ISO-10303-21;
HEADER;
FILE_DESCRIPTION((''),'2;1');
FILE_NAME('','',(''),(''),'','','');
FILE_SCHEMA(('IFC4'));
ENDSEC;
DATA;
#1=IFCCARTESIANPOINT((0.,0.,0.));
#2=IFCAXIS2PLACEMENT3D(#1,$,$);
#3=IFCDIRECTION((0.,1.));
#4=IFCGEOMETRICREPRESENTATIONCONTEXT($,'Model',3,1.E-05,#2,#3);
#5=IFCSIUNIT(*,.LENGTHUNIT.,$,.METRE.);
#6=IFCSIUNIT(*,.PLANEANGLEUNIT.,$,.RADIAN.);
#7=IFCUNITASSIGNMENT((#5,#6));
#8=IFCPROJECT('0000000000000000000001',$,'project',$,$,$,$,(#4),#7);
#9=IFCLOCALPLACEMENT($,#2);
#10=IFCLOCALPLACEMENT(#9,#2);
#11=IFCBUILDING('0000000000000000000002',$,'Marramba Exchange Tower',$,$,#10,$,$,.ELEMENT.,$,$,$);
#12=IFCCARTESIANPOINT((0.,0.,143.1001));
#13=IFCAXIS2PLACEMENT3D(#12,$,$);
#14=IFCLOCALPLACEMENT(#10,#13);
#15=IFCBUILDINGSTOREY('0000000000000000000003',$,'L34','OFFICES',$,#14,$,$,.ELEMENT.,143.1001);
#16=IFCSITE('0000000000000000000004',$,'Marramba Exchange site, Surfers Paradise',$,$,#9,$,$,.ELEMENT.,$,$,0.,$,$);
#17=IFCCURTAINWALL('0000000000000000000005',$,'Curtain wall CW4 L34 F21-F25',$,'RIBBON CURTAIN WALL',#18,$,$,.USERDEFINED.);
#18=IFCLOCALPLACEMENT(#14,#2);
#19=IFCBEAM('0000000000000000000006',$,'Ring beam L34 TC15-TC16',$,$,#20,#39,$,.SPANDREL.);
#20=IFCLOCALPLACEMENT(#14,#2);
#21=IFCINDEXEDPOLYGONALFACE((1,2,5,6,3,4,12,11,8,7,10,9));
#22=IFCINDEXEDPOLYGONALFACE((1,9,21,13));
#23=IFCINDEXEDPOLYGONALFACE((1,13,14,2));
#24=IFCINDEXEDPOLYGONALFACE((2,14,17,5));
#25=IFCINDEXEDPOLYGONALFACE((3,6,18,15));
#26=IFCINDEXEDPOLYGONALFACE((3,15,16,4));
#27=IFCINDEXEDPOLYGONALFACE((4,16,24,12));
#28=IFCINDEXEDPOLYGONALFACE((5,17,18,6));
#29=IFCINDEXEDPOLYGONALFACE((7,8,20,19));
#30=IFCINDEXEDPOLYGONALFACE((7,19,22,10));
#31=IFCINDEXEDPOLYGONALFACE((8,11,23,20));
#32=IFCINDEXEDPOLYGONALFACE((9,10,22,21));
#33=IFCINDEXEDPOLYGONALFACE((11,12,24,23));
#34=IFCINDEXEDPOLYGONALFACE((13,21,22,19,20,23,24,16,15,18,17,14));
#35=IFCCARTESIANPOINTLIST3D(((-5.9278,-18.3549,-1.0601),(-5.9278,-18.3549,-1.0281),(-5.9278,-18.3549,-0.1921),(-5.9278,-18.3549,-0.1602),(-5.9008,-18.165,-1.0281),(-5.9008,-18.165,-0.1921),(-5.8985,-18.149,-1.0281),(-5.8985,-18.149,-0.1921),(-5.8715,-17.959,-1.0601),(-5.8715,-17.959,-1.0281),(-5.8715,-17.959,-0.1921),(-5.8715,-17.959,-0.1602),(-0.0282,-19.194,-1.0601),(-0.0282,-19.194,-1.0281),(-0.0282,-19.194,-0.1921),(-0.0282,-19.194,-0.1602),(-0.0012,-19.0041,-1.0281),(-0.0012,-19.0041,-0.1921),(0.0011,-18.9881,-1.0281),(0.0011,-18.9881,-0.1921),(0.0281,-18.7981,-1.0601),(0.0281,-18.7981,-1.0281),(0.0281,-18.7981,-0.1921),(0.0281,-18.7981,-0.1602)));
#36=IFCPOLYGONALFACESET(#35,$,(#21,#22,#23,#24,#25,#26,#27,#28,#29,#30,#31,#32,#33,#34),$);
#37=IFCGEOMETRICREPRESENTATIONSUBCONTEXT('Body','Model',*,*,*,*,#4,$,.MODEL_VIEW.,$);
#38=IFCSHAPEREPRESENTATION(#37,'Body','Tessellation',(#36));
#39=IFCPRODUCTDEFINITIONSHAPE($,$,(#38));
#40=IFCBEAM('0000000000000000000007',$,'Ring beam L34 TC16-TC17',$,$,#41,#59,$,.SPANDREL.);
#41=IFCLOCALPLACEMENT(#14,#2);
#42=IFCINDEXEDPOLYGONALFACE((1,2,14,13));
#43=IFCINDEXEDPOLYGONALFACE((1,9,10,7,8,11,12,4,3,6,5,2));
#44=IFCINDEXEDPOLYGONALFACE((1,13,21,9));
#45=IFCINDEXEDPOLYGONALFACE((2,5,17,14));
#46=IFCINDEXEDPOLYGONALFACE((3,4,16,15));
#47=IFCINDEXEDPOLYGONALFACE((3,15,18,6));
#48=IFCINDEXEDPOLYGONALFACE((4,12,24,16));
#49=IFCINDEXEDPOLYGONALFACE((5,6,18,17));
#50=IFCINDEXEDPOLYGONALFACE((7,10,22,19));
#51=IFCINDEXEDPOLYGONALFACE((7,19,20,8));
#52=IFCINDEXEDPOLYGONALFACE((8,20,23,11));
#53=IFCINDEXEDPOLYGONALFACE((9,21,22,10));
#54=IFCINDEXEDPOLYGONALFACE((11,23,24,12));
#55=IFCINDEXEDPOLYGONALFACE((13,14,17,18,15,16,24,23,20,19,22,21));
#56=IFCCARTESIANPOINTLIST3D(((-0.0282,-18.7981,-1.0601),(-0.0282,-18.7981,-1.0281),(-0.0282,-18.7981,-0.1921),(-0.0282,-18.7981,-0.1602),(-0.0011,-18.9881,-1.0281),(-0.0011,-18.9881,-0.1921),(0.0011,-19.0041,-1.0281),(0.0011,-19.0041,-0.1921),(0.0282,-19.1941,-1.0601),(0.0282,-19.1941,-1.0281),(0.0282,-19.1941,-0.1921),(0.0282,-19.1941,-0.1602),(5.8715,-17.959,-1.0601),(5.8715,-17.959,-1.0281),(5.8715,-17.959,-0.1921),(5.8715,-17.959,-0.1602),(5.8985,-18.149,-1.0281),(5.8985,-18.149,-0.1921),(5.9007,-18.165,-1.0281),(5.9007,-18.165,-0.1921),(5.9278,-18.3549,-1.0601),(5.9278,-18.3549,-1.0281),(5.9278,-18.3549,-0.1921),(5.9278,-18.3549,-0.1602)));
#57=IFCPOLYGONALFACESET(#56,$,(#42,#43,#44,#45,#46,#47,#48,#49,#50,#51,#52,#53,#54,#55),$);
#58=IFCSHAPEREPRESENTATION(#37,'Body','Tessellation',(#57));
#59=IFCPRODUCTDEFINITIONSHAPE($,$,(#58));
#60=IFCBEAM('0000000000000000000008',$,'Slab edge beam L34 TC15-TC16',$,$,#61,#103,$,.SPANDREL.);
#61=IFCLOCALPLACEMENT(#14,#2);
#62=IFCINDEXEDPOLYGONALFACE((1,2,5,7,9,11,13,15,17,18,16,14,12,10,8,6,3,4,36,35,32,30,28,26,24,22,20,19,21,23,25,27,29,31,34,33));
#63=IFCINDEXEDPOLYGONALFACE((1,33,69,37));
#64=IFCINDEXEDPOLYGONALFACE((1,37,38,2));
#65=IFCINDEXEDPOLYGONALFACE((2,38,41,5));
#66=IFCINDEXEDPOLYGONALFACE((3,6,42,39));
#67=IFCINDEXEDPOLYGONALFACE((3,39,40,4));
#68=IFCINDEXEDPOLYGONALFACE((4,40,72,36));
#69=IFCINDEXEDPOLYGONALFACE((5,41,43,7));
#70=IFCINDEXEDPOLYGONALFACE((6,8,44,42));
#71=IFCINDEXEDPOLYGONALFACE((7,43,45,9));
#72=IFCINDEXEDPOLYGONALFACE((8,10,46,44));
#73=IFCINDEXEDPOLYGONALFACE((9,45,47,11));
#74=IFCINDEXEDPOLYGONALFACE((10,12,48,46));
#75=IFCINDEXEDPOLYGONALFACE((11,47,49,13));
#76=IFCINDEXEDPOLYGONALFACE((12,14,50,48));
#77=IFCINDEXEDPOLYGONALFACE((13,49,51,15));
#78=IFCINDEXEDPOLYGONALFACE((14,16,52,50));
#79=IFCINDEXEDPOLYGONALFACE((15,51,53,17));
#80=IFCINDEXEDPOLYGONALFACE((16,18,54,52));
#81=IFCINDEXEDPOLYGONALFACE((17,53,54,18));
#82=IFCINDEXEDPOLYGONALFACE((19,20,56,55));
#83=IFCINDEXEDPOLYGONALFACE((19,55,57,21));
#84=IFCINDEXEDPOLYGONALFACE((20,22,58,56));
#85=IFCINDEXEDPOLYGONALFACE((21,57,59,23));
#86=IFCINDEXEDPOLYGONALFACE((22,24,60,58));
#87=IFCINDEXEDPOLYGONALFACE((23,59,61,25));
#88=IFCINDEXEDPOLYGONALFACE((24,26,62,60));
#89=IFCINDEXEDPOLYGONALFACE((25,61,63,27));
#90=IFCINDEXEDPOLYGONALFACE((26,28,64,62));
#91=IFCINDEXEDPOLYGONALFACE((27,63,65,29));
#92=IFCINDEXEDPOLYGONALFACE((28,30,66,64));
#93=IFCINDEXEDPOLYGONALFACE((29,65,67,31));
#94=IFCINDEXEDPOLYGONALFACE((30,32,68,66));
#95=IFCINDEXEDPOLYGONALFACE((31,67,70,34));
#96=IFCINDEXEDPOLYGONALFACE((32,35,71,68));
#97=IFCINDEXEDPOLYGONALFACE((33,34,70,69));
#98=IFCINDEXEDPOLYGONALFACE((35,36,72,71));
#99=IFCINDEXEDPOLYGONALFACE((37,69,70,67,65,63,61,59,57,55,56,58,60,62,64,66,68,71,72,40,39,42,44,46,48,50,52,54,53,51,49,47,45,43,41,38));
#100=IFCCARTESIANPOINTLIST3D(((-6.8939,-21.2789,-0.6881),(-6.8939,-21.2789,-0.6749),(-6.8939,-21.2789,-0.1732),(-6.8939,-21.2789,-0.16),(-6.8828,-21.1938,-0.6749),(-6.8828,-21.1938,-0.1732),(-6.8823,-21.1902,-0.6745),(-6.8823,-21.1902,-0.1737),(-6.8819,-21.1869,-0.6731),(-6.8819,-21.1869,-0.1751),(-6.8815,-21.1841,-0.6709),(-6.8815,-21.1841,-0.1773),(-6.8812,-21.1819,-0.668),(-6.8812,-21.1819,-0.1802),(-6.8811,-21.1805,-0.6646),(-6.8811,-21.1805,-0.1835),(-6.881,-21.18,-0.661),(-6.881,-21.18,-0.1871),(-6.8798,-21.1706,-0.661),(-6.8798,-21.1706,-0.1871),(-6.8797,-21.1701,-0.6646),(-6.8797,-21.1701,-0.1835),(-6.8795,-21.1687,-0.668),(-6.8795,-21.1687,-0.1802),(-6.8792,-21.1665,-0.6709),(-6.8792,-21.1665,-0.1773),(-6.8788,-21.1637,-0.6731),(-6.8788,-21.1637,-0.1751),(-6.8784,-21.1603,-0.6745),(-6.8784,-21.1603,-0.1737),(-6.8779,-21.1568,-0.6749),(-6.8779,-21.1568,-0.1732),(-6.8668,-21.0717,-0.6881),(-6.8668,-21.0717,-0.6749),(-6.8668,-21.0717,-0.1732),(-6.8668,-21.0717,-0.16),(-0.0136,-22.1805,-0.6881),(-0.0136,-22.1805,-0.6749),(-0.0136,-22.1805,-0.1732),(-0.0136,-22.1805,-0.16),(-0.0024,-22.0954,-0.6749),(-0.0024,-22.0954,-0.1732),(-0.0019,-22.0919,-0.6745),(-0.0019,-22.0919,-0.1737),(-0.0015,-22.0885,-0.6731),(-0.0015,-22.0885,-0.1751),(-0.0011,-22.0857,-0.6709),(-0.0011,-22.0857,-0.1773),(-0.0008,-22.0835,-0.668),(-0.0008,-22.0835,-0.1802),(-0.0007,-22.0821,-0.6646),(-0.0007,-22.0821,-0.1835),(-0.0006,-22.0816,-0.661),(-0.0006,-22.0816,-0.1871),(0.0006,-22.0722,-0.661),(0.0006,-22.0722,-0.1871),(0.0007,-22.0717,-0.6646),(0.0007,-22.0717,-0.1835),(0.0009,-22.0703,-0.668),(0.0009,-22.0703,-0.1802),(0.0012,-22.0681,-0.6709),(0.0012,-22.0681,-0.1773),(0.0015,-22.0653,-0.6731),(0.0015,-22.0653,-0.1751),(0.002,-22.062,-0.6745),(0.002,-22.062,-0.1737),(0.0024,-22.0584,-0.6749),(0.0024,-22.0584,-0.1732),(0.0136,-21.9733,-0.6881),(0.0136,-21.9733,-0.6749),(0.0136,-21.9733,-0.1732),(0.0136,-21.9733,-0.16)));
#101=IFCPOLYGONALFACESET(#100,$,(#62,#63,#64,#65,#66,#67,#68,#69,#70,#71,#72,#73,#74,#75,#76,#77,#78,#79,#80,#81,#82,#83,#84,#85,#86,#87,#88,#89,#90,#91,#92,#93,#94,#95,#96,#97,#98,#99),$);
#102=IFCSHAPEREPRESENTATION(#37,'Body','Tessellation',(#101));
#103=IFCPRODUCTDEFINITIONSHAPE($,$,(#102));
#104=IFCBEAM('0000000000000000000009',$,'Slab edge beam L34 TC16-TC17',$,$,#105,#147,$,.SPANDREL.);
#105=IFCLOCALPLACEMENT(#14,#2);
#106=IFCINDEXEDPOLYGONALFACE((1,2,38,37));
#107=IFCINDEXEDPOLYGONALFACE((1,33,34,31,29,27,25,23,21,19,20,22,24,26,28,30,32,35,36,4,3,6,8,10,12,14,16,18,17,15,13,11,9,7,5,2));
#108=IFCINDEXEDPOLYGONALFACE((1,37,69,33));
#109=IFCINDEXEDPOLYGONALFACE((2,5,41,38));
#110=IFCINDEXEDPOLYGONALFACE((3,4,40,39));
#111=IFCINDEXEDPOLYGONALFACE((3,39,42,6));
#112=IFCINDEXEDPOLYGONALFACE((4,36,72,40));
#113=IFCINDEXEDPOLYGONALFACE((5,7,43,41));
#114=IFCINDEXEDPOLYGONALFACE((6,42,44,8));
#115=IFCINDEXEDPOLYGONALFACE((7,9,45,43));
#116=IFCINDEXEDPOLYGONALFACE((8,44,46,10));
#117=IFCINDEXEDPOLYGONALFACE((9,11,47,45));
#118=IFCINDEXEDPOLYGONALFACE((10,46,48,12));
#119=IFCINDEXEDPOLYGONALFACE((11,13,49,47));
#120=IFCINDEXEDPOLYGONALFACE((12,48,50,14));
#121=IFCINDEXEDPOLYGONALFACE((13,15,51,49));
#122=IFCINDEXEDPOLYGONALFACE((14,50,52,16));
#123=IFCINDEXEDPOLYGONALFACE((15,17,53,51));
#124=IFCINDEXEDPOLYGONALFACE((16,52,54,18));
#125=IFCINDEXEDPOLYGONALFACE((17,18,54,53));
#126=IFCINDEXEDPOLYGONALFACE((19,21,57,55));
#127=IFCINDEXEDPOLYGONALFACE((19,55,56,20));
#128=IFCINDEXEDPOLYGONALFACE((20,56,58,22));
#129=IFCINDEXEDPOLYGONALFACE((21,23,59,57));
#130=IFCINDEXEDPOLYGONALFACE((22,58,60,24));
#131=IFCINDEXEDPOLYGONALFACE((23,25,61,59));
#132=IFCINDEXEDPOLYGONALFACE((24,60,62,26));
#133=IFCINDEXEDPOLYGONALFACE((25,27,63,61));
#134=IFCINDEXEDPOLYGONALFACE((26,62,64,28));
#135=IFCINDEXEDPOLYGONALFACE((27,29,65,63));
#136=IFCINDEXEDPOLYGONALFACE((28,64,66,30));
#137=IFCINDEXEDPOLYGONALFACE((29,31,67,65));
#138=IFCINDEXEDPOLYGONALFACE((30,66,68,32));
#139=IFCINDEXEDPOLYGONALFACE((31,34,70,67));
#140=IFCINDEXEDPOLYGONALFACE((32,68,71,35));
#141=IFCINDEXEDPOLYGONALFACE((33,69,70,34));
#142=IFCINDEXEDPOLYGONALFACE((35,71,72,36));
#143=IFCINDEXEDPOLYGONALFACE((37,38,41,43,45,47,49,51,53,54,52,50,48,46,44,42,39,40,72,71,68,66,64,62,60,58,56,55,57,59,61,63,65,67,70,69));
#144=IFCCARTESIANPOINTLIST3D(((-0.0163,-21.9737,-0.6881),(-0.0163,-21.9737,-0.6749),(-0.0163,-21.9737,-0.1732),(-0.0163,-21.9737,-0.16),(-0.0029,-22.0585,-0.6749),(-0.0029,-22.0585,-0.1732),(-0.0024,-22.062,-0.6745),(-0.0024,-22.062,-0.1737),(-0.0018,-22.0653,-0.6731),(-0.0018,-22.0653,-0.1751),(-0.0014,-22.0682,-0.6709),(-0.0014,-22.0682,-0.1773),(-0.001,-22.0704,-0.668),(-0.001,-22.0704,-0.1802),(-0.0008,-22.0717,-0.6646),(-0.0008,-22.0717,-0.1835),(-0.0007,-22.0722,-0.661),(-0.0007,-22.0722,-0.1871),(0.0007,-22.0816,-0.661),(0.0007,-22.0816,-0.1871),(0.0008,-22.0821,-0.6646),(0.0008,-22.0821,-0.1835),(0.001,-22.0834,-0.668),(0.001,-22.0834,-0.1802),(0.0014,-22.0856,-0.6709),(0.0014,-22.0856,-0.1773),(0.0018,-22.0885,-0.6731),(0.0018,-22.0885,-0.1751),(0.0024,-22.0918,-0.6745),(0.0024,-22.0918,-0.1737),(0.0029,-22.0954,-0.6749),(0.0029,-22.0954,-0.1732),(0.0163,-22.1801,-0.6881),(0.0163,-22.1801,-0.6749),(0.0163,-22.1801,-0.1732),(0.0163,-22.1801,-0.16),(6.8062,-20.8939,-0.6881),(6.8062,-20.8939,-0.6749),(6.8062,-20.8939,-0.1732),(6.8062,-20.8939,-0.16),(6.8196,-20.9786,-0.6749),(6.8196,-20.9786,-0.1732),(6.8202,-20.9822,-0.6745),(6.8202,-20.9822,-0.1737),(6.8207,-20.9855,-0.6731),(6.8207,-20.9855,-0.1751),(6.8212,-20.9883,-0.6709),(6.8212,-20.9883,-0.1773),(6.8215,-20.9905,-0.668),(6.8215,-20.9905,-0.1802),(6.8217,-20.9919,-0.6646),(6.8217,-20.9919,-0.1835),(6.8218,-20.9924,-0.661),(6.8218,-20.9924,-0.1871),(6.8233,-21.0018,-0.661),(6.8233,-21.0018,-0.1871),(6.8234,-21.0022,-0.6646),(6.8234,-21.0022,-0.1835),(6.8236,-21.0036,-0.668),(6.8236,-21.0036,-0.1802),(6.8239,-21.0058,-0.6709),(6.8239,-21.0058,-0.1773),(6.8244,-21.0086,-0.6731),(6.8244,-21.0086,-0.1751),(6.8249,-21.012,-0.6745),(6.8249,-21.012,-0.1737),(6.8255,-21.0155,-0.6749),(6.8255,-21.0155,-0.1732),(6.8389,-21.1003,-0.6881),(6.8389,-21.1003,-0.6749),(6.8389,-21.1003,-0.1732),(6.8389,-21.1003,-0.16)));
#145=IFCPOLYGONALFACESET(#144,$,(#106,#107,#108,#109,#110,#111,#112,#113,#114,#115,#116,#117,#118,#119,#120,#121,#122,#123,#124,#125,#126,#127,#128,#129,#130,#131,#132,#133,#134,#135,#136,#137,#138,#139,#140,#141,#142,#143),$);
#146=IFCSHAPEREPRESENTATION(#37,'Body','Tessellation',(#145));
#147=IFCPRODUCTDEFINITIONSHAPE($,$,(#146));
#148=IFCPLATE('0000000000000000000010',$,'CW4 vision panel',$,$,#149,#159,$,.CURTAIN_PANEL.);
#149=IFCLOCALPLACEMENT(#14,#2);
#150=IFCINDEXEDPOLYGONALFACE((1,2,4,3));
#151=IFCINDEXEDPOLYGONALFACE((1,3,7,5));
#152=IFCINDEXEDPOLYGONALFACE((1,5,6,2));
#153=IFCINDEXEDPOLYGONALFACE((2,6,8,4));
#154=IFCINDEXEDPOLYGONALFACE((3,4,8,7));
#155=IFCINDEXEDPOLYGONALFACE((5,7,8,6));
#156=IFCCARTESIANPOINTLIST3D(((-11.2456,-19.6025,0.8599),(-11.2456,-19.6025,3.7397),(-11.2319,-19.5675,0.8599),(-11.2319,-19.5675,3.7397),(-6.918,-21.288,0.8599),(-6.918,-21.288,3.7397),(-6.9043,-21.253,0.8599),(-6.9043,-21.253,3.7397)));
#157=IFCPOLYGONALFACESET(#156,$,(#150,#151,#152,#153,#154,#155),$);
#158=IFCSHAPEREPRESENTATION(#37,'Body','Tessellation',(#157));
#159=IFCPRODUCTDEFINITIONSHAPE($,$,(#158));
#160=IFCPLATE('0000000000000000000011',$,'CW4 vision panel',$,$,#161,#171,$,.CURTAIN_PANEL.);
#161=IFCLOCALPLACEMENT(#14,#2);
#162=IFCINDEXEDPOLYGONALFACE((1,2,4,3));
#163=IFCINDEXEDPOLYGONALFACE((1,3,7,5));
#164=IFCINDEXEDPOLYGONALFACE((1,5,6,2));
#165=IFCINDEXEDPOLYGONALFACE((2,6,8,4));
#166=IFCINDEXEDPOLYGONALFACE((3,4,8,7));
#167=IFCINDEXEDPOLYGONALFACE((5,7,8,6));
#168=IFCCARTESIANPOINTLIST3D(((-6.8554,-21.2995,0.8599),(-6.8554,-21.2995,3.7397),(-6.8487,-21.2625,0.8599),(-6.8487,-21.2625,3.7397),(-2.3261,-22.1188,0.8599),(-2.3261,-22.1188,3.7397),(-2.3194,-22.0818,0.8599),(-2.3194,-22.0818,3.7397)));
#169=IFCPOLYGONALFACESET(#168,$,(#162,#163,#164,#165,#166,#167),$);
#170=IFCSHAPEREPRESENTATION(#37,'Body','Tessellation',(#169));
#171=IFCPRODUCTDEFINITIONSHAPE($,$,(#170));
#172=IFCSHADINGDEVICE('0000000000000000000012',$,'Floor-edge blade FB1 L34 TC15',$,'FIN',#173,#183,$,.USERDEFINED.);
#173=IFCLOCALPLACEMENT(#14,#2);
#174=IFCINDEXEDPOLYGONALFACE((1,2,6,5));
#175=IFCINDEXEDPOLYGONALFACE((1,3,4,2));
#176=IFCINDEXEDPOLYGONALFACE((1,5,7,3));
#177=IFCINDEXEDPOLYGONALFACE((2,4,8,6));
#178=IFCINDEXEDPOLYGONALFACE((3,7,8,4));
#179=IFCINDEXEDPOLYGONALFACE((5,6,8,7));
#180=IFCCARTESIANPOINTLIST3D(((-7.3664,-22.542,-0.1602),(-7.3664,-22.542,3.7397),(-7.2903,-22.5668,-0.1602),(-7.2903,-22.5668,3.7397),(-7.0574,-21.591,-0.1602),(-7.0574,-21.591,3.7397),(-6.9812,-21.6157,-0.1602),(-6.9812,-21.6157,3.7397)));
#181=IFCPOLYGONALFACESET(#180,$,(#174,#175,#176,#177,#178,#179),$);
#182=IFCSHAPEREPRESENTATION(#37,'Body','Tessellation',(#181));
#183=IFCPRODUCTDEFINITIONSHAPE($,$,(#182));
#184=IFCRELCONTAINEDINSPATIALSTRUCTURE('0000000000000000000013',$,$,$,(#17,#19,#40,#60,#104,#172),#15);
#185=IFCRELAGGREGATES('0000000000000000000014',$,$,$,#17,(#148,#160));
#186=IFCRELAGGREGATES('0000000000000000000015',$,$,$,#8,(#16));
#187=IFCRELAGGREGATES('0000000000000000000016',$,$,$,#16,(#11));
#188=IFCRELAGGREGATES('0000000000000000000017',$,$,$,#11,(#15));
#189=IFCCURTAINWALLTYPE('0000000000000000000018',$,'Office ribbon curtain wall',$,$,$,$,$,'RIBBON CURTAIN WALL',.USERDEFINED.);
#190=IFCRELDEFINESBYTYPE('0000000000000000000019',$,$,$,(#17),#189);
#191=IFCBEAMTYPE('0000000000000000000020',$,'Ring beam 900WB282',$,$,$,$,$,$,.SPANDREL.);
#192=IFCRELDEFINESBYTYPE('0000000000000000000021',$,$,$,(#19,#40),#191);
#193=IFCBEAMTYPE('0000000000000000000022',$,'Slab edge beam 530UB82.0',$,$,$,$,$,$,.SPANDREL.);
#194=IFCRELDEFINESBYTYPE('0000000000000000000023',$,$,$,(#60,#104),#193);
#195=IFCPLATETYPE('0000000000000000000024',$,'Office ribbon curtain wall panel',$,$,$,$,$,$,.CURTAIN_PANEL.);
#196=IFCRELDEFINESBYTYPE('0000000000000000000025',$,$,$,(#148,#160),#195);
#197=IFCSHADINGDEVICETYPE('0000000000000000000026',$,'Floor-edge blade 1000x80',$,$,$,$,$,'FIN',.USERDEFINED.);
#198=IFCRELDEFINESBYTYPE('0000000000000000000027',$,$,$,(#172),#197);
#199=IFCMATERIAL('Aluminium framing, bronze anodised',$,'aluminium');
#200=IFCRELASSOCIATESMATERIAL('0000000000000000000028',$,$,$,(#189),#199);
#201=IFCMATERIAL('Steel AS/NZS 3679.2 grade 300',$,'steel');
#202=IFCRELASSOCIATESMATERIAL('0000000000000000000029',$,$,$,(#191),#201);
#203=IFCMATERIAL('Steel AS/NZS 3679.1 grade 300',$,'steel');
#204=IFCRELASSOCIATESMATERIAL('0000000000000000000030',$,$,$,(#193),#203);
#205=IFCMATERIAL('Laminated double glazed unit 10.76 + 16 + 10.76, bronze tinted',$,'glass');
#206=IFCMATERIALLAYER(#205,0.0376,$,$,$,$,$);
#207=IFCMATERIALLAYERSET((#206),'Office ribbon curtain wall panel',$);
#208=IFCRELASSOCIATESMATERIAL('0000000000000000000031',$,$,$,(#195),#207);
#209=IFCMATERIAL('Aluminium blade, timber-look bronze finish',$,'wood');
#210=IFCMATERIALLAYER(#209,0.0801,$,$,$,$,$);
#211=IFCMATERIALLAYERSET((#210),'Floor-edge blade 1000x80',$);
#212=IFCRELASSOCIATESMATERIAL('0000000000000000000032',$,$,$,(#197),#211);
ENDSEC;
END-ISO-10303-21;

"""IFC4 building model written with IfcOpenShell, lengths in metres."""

from ifc_helpers import new_model, si_unit, direction, frame, origin, origin_2d, place, context, subcontext, project, spatial, rectangle, i_section, extrude, material, layer, layer_set, material_profile, profile_set, type_object, element, aggregate, save


model = new_model("IFC4")

# Units and contexts
model_context = context("Model", 3, precision=1e-05, world=origin(), true_north=direction((0.0, 1.0)))
body_context = subcontext(model_context, "Body", "Model", "MODEL_VIEW")
ifc_project = project(units=[si_unit("LENGTHUNIT", "METRE"), si_unit("PLANEANGLEUNIT", "RADIAN")], contexts=[model_context])

# Site, building, storey
site_placement = place(None, origin())
site = spatial("IfcSite", under=ifc_project, at=site_placement, Name="Marramba Exchange site, Surfers Paradise", CompositionType="ELEMENT", RefElevation=0.0)
building_placement = place(site_placement, origin())
building = spatial("IfcBuilding", under=site, at=building_placement, Name="Marramba Exchange Tower", CompositionType="ELEMENT")
storey_placement = place(building_placement, frame((0.0, 0.0, 143.1001)))
storey = spatial("IfcBuildingStorey", under=building, at=storey_placement, Name="L34", Description="OFFICES", CompositionType="ELEMENT", Elevation=143.1001)

# Shared definitions
ifc_material_1 = material(Name="Steel AS/NZS 3679.2 grade 300", Category="steel")

# Curtain wall
ifc_material_2 = material(Name="Aluminium framing, bronze anodised", Category="aluminium")
curtain_wall_type = type_object("IfcCurtainWallType", Name="Office ribbon curtain wall", ElementType="RIBBON CURTAIN WALL", PredefinedType="USERDEFINED", material=ifc_material_2)
curtain_wall_placement = place(storey_placement, origin())
curtain_wall = element("IfcCurtainWall", 1, at=curtain_wall_placement, inside=storey, type_object=curtain_wall_type, Name="Curtain wall CW4 L34 F21-F25", ObjectType="RIBBON CURTAIN WALL", PredefinedType="USERDEFINED")

# Beams
ifc_material_profile_1 = material_profile(ifc_material_1, i_section(OverallWidth=0.3999, OverallDepth=0.8999, WebThickness=0.0161, FlangeThickness=0.032, at=origin_2d()), Name="900WB282")
ifc_profile_set_1 = profile_set([ifc_material_profile_1], Name="Steel AS/NZS 3679.2 grade 300")
beam_type_1 = type_object("IfcBeamType", Name="Ring beam 900WB282", PredefinedType="SPANDREL", material=ifc_profile_set_1)
for number, where, z_axis, x_axis, name in (
    (2, (-5.8997, -18.157, -0.6101), (0.990036, -0.140813, 0.0), (0.140813, 0.990036, 0.0), "Ring beam L34 TC15-TC16"),
    (3, (0.0, -18.9961, -0.6101), (0.990036, 0.140813, 0.0), (-0.140813, 0.990036, 0.0), "Ring beam L34 TC16-TC17"),
):
    element("IfcBeam", number, at=place(storey_placement, frame(where, z_axis=z_axis, x_axis=x_axis)), inside=storey, type_object=beam_type_1, Name=name, PredefinedType="SPANDREL", context=body_context, shape_type="SweptSolid", body=[
        extrude(i_section(OverallWidth=0.3999, OverallDepth=0.8999, WebThickness=0.0161, FlangeThickness=0.032, at=origin_2d()), origin(), (0.0, 0.0, 1.0), 5.959),
    ])
ifc_material_3 = material(Name="Steel AS/NZS 3679.1 grade 300", Category="steel")
ifc_material_profile_2 = material_profile(ifc_material_3, i_section(OverallWidth=0.209, OverallDepth=0.5281, WebThickness=0.0095, FlangeThickness=0.0132, FilletRadius=0.0139, at=origin_2d()), Name="530UB82.0")
ifc_profile_set_2 = profile_set([ifc_material_profile_2], Name="Steel AS/NZS 3679.1 grade 300")
beam_type_2 = type_object("IfcBeamType", Name="Slab edge beam 530UB82.0", PredefinedType="SPANDREL", material=ifc_profile_set_2)
beam_1_placement = place(storey_placement, frame((-6.8804, -21.1753, -0.4241), z_axis=(0.991523, -0.12993, 0.0), x_axis=(0.12993, 0.991523, 0.0)))
element("IfcBeam", 4, at=beam_1_placement, inside=storey, type_object=beam_type_2, Name="Slab edge beam L34 TC15-TC16", PredefinedType="SPANDREL", context=body_context, shape_type="SweptSolid", body=[
    extrude(i_section(OverallWidth=0.209, OverallDepth=0.5281, WebThickness=0.0095, FlangeThickness=0.0132, FilletRadius=0.0139, at=origin_2d()), origin(), (0.0, 0.0, 1.0), 6.9392),
])
beam_2_placement = place(storey_placement, frame((0.0, -22.0769, -0.4241), z_axis=(0.987705, 0.156329, 0.0), x_axis=(-0.156329, 0.987705, 0.0)))
element("IfcBeam", 5, at=beam_2_placement, inside=storey, type_object=beam_type_2, Name="Slab edge beam L34 TC16-TC17", PredefinedType="SPANDREL", context=body_context, shape_type="SweptSolid", body=[
    extrude(i_section(OverallWidth=0.209, OverallDepth=0.5281, WebThickness=0.0095, FlangeThickness=0.0132, FilletRadius=0.0139, at=origin_2d()), origin(), (0.0, 0.0, 1.0), 6.9075),
])

# Plates
ifc_material_4 = material(Name="Laminated double glazed unit 10.76 + 16 + 10.76, bronze tinted", Category="glass")
ifc_layer_1 = layer(ifc_material_4, 0.0376)
ifc_layer_set_1 = layer_set([ifc_layer_1], Name="Office ribbon curtain wall panel")
plate_type = type_object("IfcPlateType", Name="Office ribbon curtain wall panel", PredefinedType="CURTAIN_PANEL", material=ifc_layer_set_1)
plate_1_placement = place(storey_placement, frame((-9.075, -20.4277, 0.8599), z_axis=(0.0, 0.0, 1.0), x_axis=(0.931818, -0.362925, 0.0)))
plate_1 = element("IfcPlate", 6, at=plate_1_placement, type_object=plate_type, Name="CW4 vision panel", PredefinedType="CURTAIN_PANEL", context=body_context, shape_type="SweptSolid", body=[
    extrude(rectangle(XDim=4.6443, YDim=0.0376, at=origin_2d()), origin(), (0.0, 0.0, 1.0), 2.8799),
])
plate_2_placement = place(storey_placement, frame((-4.5874, -21.6907, 0.8599), z_axis=(0.0, 0.0, 1.0), x_axis=(0.984032, -0.177992, 0.0)))
plate_2 = element("IfcPlate", 7, at=plate_2_placement, type_object=plate_type, Name="CW4 vision panel", PredefinedType="CURTAIN_PANEL", context=body_context, shape_type="SweptSolid", body=[
    extrude(rectangle(XDim=4.6028, YDim=0.0376, at=origin_2d()), origin(), (0.0, 0.0, 1.0), 2.8799),
])
aggregate(curtain_wall, [plate_1, plate_2])

# Shading device
ifc_material_5 = material(Name="Aluminium blade, timber-look bronze finish", Category="wood")
ifc_layer_2 = layer(ifc_material_5, 0.0801)
ifc_layer_set_2 = layer_set([ifc_layer_2], Name="Floor-edge blade 1000x80")
shading_device_type_1 = type_object("IfcShadingDeviceType", Name="Floor-edge blade 1000x80", ElementType="FIN", PredefinedType="USERDEFINED", material=ifc_layer_set_2)
shading_device_1_placement = place(storey_placement, frame((-7.1738, -22.0789, -0.1602), z_axis=(0.0, 0.0, 1.0), x_axis=(-0.309017, -0.951057, 0.0)))
element("IfcShadingDevice", 8, at=shading_device_1_placement, inside=storey, type_object=shading_device_type_1, Name="Floor-edge blade FB1 L34 TC15", ObjectType="FIN", PredefinedType="USERDEFINED", context=body_context, shape_type="SweptSolid", body=[
    extrude(rectangle(XDim=1.0, YDim=0.0801, at=origin_2d()), origin(), (0.0, 0.0, 1.0), 3.8999),
])

save(model, "model.ifc")
